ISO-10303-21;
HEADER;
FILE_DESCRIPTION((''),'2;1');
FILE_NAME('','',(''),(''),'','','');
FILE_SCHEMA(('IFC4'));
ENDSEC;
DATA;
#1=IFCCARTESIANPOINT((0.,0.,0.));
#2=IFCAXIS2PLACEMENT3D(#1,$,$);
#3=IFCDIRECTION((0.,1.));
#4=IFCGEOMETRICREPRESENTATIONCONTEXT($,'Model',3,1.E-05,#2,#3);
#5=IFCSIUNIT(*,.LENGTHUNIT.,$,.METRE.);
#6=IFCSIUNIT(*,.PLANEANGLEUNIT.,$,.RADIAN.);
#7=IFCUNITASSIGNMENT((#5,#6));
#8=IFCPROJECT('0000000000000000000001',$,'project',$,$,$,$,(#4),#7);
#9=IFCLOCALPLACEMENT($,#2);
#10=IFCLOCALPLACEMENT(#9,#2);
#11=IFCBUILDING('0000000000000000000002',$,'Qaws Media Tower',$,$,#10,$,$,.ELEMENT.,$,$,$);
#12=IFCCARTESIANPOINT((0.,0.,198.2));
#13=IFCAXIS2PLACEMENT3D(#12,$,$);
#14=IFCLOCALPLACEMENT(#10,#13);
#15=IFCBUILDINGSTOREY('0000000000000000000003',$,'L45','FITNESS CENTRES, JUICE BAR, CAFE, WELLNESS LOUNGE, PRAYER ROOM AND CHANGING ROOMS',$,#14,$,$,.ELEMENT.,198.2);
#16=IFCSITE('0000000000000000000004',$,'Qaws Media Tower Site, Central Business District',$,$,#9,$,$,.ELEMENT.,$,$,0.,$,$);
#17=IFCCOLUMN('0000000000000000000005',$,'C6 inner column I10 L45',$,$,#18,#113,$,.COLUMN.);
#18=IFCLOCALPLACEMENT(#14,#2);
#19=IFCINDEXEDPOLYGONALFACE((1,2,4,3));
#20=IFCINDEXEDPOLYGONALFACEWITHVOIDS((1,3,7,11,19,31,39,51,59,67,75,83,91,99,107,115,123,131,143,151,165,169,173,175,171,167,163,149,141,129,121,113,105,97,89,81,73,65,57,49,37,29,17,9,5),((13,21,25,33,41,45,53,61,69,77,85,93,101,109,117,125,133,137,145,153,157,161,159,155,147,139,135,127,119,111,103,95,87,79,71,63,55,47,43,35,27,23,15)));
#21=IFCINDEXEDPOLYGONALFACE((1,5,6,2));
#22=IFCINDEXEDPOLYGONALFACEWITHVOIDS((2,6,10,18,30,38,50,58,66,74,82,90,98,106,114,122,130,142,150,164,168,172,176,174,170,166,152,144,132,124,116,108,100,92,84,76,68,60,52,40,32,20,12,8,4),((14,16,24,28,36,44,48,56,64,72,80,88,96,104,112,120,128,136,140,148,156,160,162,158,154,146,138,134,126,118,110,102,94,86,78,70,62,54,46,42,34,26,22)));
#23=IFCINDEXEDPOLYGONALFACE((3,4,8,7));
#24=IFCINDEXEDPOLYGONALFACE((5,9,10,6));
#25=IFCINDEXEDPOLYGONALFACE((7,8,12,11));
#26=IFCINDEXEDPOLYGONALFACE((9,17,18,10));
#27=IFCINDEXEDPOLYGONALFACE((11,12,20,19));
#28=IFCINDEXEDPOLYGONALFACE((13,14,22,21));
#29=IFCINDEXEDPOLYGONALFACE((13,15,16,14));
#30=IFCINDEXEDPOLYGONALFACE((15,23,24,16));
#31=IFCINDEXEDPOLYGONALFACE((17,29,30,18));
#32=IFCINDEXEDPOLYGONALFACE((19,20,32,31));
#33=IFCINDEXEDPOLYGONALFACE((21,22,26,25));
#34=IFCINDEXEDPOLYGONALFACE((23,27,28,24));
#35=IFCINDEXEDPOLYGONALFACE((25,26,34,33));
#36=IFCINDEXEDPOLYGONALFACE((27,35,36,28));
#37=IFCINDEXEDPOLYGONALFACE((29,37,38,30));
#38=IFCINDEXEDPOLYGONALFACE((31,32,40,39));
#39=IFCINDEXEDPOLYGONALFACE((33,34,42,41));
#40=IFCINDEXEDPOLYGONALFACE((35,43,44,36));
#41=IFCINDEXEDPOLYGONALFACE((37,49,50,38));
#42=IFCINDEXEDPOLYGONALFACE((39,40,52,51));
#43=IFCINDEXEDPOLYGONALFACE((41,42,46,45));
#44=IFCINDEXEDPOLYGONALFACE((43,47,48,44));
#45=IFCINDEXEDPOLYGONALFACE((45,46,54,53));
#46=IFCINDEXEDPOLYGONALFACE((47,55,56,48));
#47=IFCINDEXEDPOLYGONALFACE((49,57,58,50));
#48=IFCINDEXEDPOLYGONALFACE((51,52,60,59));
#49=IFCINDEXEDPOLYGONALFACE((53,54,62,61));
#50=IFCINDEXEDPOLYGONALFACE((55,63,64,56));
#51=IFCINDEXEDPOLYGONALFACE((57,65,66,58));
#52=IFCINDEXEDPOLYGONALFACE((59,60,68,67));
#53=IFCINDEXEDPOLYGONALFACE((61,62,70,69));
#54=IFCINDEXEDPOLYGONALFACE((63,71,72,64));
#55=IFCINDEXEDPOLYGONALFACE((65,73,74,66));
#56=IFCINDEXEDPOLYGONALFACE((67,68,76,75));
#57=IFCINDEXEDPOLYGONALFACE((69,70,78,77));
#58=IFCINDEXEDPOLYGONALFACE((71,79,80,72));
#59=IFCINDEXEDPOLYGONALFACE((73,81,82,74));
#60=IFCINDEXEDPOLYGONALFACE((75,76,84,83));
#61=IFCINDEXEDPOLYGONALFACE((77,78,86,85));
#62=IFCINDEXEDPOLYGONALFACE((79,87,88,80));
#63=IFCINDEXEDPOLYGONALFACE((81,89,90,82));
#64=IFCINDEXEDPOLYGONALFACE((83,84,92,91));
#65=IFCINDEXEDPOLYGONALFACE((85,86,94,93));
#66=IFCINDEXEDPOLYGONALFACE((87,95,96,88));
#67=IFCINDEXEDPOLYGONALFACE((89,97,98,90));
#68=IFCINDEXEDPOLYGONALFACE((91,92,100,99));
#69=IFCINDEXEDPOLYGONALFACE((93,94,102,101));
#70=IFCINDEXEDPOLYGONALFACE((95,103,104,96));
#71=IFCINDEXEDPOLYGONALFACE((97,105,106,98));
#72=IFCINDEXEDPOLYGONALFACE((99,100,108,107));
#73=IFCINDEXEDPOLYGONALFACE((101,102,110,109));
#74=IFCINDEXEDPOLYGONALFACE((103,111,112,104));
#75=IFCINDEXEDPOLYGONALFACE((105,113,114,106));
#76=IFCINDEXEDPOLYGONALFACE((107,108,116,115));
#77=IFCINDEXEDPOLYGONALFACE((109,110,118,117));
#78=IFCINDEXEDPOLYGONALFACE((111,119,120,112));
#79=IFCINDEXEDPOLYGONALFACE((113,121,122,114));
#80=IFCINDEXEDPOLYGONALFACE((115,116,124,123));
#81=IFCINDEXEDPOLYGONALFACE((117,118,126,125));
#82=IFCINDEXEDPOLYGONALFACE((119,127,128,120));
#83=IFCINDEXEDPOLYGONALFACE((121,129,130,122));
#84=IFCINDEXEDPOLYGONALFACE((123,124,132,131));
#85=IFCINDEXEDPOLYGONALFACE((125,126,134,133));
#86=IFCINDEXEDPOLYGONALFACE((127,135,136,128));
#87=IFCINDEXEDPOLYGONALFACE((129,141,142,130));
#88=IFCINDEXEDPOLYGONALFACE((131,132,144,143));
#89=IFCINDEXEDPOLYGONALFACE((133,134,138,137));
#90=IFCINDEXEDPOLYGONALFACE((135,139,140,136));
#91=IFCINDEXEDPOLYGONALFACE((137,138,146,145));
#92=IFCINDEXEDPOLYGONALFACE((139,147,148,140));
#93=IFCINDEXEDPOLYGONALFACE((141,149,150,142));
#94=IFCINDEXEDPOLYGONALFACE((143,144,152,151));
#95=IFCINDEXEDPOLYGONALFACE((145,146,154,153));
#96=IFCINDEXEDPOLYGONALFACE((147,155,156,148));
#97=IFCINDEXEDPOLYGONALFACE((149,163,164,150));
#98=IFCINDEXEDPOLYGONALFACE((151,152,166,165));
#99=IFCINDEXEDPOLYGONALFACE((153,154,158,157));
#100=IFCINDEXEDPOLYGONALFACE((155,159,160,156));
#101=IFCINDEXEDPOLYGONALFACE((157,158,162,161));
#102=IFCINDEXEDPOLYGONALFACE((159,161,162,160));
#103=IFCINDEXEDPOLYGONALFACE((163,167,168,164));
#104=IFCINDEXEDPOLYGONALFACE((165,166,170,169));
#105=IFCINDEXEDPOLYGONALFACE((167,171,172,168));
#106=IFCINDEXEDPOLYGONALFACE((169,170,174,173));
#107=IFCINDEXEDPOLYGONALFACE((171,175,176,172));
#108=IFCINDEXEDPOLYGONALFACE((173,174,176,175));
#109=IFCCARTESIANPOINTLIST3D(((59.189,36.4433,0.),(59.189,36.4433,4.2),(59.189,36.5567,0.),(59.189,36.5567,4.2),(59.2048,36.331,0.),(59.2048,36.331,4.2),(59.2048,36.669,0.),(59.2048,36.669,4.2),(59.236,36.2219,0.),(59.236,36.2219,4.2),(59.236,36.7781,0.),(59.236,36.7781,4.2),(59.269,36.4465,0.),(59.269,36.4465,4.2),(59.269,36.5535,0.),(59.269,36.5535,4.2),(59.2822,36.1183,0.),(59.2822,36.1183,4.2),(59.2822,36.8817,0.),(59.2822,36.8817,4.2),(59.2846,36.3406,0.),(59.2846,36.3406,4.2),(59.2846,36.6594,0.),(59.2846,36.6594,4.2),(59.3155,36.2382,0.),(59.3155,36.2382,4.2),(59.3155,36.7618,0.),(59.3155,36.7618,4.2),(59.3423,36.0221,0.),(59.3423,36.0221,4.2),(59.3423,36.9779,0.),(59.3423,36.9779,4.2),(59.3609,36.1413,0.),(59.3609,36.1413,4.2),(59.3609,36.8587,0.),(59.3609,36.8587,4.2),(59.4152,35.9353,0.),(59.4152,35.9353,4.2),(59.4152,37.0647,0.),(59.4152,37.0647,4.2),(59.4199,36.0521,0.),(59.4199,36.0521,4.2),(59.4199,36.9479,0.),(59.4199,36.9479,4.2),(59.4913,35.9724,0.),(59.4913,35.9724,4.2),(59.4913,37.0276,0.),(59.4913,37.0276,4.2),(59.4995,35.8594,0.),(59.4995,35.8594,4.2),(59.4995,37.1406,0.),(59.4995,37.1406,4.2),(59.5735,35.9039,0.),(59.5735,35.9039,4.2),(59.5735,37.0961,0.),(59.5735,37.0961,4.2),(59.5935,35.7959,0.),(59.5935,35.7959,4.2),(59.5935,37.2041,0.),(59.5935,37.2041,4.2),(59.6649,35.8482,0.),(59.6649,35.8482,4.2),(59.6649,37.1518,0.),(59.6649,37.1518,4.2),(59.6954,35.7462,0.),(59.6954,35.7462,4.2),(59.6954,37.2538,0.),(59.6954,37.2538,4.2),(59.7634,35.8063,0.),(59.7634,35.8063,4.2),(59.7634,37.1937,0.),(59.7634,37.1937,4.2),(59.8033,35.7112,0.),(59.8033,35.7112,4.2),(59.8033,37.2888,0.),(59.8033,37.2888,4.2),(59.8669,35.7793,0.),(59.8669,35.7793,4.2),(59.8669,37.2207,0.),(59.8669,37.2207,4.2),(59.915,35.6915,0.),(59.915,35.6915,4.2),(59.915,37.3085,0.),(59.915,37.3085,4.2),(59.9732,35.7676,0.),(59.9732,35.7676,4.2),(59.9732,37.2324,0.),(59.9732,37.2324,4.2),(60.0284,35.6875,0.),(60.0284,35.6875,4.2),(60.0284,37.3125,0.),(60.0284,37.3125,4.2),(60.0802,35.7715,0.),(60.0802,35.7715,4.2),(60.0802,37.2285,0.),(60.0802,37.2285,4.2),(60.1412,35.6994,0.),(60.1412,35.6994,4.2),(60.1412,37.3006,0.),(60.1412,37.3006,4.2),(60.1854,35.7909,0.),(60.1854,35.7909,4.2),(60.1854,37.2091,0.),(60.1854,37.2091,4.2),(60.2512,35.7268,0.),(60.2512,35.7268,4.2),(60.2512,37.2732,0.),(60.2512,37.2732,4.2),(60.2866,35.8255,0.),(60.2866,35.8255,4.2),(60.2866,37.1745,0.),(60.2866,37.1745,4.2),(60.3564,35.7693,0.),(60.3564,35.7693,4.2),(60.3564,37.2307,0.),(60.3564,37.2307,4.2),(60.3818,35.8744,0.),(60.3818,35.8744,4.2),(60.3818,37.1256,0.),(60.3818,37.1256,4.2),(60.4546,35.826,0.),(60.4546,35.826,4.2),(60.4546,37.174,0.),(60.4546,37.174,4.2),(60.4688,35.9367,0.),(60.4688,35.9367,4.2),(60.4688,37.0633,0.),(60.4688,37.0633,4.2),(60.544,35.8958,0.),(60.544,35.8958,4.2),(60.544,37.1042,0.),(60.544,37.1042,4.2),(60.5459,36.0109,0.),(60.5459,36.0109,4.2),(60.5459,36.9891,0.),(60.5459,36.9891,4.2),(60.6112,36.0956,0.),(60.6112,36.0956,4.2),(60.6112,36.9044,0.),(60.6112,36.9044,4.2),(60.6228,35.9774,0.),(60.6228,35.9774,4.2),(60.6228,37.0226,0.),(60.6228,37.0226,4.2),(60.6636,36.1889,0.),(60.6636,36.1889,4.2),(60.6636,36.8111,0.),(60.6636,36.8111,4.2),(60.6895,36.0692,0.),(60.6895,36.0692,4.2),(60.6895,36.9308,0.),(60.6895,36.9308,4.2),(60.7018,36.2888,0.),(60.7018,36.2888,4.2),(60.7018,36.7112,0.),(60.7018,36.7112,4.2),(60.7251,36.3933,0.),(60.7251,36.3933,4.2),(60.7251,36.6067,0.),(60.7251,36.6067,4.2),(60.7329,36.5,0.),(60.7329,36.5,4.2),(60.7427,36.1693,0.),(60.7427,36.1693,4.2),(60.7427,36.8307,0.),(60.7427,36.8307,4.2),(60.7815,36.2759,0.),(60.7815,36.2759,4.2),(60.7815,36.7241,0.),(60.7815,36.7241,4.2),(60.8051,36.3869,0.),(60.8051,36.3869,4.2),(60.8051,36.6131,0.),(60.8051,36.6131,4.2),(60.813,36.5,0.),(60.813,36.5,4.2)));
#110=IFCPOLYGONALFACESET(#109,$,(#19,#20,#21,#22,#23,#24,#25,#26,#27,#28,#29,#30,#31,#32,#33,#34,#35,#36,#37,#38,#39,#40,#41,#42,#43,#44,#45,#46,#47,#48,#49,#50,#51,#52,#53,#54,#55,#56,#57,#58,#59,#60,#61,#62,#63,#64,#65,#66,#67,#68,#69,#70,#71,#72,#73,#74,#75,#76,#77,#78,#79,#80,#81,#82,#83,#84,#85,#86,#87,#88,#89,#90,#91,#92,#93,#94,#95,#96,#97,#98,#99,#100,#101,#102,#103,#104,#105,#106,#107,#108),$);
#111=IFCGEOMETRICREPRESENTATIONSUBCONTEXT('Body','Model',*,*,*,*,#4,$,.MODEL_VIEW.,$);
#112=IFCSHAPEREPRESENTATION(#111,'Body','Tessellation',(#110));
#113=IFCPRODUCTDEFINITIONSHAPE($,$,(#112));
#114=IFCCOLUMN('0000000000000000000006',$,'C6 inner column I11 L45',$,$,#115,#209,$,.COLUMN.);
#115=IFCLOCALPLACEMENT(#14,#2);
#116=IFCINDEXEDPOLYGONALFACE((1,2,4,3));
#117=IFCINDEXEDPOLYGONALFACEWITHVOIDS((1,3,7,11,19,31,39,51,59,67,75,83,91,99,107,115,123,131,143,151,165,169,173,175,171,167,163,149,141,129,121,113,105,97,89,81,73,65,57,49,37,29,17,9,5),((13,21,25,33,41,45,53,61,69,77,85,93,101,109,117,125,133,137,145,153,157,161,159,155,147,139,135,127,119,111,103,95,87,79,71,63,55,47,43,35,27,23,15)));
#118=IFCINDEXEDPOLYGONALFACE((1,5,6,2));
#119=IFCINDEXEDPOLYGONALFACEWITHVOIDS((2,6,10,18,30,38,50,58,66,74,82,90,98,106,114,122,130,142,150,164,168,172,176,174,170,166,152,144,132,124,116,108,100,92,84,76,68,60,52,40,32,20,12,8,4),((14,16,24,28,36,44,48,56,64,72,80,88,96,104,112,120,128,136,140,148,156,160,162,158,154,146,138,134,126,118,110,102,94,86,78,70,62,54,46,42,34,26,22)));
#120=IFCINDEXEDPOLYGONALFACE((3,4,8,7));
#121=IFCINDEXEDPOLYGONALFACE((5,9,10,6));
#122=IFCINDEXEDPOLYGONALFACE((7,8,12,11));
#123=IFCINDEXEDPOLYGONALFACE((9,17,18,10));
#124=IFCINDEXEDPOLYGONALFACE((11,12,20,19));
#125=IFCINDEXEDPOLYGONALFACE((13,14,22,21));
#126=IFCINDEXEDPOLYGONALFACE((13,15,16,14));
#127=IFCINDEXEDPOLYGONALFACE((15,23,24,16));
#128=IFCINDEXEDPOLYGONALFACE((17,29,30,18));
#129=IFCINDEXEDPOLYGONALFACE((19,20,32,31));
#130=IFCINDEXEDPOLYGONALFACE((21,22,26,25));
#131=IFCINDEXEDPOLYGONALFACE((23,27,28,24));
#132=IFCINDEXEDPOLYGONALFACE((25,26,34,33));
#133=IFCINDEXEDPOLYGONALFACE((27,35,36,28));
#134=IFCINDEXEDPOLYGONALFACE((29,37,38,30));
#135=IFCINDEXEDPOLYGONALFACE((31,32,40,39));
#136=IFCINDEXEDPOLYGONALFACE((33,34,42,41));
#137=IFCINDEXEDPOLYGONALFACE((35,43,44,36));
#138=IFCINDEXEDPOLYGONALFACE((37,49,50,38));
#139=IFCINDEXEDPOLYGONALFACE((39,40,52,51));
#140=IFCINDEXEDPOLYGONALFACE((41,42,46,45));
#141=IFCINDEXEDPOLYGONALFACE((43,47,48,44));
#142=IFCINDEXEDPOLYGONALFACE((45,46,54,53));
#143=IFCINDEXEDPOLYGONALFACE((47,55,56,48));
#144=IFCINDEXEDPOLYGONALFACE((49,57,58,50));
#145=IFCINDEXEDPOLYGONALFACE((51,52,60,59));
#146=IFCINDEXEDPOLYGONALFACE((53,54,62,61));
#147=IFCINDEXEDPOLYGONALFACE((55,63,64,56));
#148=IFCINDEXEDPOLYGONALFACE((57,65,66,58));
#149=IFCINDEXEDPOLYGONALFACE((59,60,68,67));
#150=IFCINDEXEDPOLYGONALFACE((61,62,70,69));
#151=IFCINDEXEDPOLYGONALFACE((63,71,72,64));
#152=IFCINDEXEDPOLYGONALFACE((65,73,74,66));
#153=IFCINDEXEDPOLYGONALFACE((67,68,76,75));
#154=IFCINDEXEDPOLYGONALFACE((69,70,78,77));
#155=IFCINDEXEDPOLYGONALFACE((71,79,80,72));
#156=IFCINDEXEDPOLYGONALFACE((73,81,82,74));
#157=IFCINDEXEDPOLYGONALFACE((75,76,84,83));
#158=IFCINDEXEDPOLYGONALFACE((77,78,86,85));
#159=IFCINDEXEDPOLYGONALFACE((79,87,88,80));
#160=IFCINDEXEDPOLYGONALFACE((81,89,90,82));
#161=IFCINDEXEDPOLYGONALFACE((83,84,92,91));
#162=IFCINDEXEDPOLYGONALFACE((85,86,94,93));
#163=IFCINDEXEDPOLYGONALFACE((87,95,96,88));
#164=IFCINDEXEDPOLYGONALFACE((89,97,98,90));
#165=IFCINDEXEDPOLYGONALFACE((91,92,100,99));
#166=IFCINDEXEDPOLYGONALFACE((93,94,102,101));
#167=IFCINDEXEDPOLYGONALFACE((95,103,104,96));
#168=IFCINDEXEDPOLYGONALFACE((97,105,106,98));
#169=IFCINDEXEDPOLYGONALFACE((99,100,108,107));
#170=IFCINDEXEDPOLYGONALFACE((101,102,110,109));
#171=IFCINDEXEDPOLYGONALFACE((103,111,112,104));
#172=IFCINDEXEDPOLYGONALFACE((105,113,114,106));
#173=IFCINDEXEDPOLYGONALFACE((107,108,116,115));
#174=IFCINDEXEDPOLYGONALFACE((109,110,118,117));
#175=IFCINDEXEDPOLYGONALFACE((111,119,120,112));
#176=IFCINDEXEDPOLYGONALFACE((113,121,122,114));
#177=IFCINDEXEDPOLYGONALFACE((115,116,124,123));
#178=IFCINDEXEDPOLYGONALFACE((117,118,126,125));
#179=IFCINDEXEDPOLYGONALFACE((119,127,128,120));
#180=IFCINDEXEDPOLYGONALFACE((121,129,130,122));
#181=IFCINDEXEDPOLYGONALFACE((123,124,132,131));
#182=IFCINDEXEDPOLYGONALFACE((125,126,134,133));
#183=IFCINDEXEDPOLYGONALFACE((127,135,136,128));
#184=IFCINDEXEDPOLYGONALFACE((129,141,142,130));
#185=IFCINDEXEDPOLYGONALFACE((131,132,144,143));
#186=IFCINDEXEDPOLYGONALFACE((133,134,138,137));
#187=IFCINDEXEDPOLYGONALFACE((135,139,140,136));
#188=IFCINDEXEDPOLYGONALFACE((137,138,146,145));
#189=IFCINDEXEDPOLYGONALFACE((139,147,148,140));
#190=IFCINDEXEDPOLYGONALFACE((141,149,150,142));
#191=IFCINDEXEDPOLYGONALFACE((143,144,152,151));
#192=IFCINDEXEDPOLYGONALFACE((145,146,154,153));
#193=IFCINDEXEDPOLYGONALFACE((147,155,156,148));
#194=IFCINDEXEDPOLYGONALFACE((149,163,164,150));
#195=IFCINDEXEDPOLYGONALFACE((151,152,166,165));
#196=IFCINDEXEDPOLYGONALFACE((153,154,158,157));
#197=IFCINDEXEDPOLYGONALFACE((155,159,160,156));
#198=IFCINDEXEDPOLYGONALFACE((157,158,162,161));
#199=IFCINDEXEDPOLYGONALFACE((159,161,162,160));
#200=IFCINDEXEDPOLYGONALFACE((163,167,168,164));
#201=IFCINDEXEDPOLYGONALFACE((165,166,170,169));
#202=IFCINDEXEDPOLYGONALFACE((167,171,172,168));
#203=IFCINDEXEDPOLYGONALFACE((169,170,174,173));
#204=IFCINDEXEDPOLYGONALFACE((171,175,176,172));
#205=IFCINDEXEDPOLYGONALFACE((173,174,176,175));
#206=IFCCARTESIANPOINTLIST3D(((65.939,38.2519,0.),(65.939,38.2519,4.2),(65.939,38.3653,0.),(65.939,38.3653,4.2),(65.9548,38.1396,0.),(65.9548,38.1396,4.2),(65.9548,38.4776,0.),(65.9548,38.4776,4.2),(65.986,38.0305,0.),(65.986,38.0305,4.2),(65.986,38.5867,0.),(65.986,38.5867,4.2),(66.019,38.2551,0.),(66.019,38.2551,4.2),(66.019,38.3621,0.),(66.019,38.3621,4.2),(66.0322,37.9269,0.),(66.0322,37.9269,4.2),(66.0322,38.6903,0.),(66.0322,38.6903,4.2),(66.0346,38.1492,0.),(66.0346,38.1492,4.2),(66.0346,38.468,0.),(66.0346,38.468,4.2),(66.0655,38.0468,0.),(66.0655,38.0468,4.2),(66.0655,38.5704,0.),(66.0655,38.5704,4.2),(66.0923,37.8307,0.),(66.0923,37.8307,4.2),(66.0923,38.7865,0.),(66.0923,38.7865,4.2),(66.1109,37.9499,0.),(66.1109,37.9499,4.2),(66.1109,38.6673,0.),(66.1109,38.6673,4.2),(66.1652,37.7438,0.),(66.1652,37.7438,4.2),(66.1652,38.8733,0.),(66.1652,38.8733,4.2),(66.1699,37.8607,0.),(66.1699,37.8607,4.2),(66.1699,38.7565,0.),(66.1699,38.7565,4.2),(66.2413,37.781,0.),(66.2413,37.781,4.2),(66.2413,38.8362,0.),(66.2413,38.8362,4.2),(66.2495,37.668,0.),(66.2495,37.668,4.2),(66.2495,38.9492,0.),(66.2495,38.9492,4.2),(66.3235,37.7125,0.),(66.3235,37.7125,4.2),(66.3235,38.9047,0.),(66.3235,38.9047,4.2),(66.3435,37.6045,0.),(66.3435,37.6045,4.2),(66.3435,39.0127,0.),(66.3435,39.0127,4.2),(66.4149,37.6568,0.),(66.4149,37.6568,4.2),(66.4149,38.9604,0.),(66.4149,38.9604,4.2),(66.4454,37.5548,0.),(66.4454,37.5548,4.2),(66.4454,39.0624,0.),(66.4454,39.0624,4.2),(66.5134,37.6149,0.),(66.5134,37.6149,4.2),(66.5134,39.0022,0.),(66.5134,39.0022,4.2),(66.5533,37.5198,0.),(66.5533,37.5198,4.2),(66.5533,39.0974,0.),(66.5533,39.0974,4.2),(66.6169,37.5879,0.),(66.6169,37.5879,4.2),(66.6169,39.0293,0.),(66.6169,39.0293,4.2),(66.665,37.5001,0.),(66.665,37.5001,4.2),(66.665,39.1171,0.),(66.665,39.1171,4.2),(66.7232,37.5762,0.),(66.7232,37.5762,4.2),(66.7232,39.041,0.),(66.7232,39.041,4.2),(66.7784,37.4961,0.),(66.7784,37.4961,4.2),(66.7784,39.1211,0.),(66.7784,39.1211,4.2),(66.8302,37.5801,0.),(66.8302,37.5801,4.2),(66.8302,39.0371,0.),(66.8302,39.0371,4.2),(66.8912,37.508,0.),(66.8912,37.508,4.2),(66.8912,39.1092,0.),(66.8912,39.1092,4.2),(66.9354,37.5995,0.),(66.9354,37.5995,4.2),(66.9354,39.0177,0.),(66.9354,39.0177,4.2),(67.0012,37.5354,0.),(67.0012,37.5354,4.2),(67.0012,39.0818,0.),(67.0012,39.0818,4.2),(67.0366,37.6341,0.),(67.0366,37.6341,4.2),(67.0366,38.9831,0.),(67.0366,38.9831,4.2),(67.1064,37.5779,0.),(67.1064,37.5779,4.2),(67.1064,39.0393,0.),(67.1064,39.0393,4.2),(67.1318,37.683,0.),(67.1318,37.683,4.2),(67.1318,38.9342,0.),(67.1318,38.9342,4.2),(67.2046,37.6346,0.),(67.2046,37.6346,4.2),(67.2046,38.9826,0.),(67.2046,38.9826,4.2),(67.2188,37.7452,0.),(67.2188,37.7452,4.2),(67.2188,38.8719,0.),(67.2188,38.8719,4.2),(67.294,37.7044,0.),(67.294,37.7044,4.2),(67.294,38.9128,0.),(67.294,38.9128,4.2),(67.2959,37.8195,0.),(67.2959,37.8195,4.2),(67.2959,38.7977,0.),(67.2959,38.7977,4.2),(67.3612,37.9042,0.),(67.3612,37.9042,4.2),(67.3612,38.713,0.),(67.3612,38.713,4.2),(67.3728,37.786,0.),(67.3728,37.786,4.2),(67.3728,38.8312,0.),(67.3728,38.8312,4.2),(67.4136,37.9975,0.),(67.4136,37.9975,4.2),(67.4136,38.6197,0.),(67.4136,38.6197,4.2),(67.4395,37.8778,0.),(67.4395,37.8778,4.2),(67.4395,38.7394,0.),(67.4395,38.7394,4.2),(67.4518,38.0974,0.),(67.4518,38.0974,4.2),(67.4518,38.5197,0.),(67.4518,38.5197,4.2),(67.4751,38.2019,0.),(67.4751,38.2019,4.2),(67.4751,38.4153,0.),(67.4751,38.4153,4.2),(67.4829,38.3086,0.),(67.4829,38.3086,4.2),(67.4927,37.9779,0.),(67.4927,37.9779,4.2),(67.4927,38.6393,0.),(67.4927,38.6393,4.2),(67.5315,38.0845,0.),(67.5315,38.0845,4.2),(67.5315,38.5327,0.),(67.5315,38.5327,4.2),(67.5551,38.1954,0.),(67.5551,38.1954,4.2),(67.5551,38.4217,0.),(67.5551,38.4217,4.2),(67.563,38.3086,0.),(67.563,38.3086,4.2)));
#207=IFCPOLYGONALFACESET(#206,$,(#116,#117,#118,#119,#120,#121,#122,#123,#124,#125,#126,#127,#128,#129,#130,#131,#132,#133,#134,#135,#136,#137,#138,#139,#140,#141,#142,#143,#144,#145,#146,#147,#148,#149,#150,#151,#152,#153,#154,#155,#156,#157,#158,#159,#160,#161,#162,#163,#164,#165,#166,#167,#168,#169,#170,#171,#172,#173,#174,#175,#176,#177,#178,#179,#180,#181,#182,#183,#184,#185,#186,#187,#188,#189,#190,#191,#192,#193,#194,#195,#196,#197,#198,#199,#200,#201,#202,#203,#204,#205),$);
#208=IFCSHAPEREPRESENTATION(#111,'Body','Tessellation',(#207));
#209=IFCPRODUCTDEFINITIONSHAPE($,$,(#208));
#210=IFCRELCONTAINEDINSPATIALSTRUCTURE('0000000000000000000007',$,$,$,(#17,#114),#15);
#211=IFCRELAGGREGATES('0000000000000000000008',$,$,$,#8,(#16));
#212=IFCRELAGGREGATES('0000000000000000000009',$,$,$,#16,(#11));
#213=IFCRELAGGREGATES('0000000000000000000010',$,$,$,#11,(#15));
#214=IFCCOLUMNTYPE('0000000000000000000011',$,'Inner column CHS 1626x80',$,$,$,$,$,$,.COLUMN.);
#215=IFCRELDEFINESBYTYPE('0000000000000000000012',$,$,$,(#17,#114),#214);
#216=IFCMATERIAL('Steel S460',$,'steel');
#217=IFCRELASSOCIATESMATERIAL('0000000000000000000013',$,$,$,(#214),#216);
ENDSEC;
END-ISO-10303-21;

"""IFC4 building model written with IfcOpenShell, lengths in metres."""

from ifc_helpers import new_model, si_unit, direction, frame, origin, origin_2d, place, context, subcontext, project, spatial, hollow_circle, extrude, material, material_profile, profile_set, type_object, element, save


model = new_model("IFC4")

# Units and contexts
model_context = context("Model", 3, precision=1e-05, world=origin(), true_north=direction((0.0, 1.0)))
body_context = subcontext(model_context, "Body", "Model", "MODEL_VIEW")
ifc_project = project(units=[si_unit("LENGTHUNIT", "METRE"), si_unit("PLANEANGLEUNIT", "RADIAN")], contexts=[model_context])

# Site, building, storey
site_placement = place(None, origin())
site = spatial("IfcSite", under=ifc_project, at=site_placement, Name="Qaws Media Tower Site, Central Business District", CompositionType="ELEMENT", RefElevation=0.0)
building_placement = place(site_placement, origin())
building = spatial("IfcBuilding", under=site, at=building_placement, Name="Qaws Media Tower", CompositionType="ELEMENT")
storey_placement = place(building_placement, frame((0.0, 0.0, 198.2)))
storey = spatial("IfcBuildingStorey", under=building, at=storey_placement, Name="L45", Description="FITNESS CENTRES, JUICE BAR, CAFE, WELLNESS LOUNGE, PRAYER ROOM AND CHANGING ROOMS", CompositionType="ELEMENT", Elevation=198.2)

# Columns
ifc_material_1 = material(Name="Steel S460", Category="steel")
ifc_material_profile_1 = material_profile(ifc_material_1, hollow_circle(Radius=0.813, WallThickness=0.0801, at=origin_2d()), Name="CHS 1626x80")
ifc_profile_set_1 = profile_set([ifc_material_profile_1], Name="Steel S460")
column_type = type_object("IfcColumnType", Name="Inner column CHS 1626x80", PredefinedType="COLUMN", material=ifc_profile_set_1)
for number, where, z_axis, x_axis, name in (
    (1, (60.0, 36.5, 0.0), (0.0, 0.0, 1.0), (1.0, 0.0, 0.0), "C6 inner column I10 L45"),
    (2, (66.75, 38.3086, 0.0), (0.0, 0.0, 1.0), (1.0, 0.0, 0.0), "C6 inner column I11 L45"),
):
    element("IfcColumn", number, at=place(storey_placement, frame(where, z_axis=z_axis, x_axis=x_axis)), inside=storey, type_object=column_type, Name=name, PredefinedType="COLUMN", context=body_context, shape_type="SweptSolid", body=[
        extrude(hollow_circle(Radius=0.813, WallThickness=0.0801, at=origin_2d()), origin(), (0.0, 0.0, 1.0), 4.2),
    ])

save(model, "model.ifc")
